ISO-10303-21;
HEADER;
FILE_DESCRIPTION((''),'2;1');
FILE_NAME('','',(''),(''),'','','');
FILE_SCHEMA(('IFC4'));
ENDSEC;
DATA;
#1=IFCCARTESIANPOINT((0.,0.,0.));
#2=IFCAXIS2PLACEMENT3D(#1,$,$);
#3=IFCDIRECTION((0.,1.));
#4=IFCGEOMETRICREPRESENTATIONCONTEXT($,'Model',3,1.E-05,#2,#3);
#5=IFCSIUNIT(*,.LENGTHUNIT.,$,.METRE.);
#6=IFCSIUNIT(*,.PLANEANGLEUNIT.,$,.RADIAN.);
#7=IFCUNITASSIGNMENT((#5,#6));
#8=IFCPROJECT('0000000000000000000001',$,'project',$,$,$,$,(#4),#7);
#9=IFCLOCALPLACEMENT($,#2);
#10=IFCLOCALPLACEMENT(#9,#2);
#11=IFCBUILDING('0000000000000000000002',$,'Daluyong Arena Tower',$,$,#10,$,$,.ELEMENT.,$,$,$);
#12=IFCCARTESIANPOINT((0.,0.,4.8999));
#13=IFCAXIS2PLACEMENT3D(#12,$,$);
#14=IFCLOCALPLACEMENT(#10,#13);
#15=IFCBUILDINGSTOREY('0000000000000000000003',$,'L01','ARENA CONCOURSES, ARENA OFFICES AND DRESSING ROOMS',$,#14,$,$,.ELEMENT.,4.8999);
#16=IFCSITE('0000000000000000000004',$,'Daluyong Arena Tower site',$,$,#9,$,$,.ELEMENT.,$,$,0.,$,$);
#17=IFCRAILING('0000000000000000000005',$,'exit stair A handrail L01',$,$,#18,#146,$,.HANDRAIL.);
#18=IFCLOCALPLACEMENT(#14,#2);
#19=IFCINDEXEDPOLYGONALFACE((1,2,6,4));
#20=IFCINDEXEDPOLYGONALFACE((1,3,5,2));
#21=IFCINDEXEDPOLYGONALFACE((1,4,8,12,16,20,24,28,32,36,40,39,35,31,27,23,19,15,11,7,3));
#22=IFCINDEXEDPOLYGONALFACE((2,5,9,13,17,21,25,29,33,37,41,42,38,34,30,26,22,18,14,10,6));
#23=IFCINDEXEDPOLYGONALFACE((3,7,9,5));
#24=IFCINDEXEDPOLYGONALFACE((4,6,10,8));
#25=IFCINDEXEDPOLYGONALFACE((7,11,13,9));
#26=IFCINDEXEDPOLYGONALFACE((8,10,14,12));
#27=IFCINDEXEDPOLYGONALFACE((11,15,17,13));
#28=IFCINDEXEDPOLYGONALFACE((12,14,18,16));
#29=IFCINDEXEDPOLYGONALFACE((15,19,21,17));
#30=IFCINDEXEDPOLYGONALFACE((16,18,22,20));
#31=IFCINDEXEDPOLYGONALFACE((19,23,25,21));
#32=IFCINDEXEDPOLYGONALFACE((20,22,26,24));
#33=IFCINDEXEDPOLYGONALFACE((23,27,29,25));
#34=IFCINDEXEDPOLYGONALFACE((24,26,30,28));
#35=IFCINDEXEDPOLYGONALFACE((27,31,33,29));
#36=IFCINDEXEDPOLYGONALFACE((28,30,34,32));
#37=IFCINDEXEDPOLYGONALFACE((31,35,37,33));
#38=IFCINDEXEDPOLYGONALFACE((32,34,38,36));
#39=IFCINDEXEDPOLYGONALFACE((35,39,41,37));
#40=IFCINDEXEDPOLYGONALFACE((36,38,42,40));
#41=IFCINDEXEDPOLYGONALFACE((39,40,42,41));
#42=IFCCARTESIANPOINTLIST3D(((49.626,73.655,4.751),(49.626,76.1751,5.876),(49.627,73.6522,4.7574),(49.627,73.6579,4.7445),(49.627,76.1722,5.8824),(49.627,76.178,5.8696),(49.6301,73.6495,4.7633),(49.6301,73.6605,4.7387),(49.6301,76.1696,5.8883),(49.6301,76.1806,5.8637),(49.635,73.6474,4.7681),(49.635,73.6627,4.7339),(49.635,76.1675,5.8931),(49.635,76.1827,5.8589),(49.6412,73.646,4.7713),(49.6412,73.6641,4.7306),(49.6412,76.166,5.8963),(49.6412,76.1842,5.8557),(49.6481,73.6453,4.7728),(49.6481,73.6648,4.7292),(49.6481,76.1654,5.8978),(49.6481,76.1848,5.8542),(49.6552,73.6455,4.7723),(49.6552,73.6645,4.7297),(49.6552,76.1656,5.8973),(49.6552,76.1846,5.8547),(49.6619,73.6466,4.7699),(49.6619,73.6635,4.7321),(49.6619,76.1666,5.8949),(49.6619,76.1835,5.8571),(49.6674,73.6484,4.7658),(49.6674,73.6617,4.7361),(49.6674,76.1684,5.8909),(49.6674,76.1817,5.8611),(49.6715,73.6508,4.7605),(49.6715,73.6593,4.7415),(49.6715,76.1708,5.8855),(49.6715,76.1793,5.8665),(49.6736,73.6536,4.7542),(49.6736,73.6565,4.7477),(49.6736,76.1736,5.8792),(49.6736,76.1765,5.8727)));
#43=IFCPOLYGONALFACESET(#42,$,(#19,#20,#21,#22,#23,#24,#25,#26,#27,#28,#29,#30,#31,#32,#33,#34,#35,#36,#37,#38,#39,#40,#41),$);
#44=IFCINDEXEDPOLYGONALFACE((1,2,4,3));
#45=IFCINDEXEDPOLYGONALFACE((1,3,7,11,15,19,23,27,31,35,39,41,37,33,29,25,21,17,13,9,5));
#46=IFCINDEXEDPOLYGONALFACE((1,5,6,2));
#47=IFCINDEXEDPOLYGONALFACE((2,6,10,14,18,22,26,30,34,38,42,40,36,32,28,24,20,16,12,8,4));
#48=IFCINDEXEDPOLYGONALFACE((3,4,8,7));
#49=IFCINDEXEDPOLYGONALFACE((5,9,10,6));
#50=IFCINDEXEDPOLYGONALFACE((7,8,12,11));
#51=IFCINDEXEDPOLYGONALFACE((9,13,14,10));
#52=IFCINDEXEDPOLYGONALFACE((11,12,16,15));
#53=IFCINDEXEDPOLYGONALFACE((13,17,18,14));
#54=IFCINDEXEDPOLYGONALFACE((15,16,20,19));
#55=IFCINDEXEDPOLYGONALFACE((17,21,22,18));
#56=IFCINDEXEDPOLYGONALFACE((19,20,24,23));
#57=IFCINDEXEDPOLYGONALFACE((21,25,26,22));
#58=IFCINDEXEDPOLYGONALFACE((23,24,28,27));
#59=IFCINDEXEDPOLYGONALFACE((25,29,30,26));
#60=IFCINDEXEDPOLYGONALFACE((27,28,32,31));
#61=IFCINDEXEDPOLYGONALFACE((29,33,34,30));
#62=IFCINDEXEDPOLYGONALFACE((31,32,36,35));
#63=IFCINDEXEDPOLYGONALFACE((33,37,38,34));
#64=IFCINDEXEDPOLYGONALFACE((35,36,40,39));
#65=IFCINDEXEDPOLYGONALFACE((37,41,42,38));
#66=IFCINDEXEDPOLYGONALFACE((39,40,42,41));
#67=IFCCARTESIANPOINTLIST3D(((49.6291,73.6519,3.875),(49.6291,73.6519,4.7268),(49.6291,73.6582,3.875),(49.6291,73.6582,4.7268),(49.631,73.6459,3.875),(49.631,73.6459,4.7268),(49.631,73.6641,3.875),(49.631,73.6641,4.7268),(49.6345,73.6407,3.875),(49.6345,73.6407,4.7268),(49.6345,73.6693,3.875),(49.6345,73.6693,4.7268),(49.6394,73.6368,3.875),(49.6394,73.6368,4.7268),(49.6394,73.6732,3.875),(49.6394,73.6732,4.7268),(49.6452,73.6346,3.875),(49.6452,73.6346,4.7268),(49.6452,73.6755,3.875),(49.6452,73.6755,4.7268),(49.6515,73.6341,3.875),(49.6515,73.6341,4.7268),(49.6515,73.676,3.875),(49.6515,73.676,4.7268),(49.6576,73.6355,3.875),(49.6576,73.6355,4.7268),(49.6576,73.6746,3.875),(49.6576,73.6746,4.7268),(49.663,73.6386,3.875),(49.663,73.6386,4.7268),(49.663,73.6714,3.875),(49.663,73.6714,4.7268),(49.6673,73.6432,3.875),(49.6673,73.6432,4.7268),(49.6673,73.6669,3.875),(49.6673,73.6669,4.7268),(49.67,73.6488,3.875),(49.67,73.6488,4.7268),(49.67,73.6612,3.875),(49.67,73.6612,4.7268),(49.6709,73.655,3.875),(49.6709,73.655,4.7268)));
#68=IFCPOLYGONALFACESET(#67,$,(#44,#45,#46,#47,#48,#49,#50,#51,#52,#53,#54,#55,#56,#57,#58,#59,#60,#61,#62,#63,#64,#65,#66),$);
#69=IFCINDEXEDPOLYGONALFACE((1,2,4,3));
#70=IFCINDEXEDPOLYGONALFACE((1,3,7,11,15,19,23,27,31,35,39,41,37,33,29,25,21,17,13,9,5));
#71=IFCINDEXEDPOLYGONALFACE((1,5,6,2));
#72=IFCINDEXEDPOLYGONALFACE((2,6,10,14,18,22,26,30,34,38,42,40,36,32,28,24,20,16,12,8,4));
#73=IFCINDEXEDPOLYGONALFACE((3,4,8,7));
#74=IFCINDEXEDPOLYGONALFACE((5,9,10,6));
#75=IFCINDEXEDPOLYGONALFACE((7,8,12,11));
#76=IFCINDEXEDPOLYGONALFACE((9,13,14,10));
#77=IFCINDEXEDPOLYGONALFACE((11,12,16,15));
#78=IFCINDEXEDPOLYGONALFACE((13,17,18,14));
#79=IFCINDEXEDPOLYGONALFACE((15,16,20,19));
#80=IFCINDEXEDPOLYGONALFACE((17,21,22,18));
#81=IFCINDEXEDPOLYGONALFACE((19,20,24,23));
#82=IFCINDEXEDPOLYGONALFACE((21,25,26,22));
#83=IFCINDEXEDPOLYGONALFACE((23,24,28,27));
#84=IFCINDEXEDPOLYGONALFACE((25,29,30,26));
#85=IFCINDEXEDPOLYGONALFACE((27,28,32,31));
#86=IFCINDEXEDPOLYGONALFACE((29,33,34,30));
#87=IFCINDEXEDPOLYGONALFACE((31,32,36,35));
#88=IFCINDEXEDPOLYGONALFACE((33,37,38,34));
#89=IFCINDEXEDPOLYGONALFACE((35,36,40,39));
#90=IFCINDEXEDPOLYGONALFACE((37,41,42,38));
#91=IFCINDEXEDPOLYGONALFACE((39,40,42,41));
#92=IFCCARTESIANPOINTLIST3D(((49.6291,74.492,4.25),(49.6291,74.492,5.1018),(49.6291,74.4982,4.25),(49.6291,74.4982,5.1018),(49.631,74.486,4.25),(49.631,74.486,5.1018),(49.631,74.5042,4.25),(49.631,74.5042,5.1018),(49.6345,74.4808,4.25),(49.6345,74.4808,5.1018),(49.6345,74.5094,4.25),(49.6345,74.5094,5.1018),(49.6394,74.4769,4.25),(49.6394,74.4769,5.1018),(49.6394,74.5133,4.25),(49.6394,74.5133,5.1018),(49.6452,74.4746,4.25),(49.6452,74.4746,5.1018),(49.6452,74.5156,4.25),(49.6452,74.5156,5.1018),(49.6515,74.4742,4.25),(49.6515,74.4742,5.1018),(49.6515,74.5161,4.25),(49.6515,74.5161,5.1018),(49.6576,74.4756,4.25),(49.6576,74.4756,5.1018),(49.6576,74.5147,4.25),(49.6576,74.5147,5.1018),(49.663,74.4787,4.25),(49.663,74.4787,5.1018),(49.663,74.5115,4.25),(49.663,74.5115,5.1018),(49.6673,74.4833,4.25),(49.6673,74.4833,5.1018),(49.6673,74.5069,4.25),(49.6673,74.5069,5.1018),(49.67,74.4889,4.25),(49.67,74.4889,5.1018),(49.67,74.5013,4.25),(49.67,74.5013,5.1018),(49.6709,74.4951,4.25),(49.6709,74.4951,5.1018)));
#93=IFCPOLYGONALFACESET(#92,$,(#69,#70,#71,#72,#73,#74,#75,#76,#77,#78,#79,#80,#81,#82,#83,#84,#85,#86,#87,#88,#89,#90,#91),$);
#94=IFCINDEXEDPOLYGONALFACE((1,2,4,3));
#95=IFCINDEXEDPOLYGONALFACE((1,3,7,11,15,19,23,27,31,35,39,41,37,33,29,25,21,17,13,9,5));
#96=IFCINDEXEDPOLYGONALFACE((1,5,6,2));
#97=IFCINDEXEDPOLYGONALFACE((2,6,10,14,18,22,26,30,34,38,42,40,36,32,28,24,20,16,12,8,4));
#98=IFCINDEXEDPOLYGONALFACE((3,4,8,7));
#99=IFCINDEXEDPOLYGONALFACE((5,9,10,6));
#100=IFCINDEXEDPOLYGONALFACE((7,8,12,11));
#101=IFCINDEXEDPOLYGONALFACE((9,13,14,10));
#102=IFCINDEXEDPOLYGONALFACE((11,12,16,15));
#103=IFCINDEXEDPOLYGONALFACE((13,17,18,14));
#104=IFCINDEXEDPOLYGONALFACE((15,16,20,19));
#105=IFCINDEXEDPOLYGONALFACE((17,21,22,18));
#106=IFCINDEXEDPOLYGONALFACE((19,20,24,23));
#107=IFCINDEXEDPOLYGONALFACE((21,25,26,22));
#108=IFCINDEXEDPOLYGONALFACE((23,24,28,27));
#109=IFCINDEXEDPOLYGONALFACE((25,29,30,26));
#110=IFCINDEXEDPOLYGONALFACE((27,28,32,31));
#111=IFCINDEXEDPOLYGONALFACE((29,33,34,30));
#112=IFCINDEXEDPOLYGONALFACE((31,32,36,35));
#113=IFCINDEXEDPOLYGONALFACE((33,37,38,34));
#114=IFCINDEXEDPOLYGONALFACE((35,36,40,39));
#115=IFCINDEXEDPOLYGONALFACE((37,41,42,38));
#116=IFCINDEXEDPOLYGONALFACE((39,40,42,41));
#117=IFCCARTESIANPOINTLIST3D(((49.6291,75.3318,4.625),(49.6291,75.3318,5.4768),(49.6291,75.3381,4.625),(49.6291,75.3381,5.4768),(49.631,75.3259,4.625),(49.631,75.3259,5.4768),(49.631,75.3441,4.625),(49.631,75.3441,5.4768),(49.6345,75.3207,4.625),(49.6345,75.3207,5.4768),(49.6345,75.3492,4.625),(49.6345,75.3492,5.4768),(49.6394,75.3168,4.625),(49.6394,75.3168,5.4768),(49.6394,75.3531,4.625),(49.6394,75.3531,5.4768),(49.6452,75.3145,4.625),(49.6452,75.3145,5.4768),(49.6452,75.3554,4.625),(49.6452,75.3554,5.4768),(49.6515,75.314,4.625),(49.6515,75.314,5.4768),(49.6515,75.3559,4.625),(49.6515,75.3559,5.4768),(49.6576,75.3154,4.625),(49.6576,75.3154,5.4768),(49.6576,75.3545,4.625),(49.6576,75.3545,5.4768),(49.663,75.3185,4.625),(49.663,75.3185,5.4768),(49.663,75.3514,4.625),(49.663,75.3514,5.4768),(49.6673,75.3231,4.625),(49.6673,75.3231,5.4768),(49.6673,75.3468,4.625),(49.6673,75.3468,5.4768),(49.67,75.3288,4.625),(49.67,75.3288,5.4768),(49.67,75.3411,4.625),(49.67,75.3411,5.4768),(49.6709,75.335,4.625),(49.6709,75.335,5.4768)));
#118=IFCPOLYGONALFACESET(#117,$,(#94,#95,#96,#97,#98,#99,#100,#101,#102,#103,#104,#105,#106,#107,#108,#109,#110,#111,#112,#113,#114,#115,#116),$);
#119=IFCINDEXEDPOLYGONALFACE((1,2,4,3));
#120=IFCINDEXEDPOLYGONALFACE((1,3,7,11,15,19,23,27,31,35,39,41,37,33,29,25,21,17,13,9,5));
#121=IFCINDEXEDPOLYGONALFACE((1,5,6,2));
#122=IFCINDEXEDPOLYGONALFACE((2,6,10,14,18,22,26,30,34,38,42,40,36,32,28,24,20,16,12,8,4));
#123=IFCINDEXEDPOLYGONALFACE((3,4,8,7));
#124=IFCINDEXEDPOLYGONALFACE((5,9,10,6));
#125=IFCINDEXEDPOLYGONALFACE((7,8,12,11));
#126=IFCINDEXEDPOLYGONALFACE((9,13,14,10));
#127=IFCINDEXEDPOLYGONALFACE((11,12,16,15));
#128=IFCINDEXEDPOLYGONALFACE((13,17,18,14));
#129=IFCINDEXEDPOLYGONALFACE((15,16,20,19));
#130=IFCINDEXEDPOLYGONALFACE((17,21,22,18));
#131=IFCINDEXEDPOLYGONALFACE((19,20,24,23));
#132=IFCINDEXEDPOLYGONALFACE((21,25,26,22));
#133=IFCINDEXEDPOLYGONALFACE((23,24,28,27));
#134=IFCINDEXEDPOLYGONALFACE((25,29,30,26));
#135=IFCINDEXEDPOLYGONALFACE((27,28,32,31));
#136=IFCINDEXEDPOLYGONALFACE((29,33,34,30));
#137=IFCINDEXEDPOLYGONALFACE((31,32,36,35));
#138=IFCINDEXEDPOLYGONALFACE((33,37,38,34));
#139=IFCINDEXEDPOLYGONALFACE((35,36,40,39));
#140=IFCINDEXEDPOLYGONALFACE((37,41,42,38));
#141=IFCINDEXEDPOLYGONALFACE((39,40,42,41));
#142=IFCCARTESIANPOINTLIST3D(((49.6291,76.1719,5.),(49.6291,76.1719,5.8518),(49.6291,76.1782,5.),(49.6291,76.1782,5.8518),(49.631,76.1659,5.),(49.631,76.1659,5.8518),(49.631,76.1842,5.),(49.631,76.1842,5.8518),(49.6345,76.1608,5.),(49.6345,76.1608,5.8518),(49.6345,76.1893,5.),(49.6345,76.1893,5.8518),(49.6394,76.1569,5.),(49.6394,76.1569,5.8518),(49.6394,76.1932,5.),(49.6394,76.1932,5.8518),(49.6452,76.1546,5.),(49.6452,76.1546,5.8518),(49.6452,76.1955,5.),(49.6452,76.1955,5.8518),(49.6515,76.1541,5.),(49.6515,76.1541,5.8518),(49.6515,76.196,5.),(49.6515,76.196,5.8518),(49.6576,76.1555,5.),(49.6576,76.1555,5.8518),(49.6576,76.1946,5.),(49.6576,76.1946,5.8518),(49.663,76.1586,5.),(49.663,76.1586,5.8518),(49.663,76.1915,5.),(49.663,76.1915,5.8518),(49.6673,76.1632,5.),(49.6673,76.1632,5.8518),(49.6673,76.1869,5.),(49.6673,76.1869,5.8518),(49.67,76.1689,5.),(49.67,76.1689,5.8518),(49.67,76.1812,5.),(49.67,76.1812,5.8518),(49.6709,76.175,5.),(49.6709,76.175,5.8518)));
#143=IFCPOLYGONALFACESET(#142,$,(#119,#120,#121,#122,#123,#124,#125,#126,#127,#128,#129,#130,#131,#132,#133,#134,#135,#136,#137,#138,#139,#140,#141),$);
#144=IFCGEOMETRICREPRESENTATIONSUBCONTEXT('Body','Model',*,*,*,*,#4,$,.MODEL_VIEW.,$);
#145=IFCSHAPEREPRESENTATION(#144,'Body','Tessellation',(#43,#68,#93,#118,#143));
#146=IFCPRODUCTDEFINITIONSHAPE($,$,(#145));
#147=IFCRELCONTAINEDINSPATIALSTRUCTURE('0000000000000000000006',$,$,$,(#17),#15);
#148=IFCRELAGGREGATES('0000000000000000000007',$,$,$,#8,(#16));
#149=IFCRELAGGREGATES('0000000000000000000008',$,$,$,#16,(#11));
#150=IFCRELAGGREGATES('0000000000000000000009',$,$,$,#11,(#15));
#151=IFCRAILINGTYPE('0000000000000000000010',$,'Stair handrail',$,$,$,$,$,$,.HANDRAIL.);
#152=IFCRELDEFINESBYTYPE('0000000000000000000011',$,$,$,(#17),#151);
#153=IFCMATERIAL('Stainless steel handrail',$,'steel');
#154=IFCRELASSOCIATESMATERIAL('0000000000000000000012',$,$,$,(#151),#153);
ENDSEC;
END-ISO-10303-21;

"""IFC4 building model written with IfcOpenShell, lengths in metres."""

from ifc_helpers import new_model, si_unit, direction, frame, origin, origin_2d, place, context, subcontext, project, spatial, circle, extrude, material, type_object, element, save


model = new_model("IFC4")

# Units and contexts
model_context = context("Model", 3, precision=1e-05, world=origin(), true_north=direction((0.0, 1.0)))
body_context = subcontext(model_context, "Body", "Model", "MODEL_VIEW")
ifc_project = project(units=[si_unit("LENGTHUNIT", "METRE"), si_unit("PLANEANGLEUNIT", "RADIAN")], contexts=[model_context])

# Site, building, storey
site_placement = place(None, origin())
site = spatial("IfcSite", under=ifc_project, at=site_placement, Name="Daluyong Arena Tower site", CompositionType="ELEMENT", RefElevation=0.0)
building_placement = place(site_placement, origin())
building = spatial("IfcBuilding", under=site, at=building_placement, Name="Daluyong Arena Tower", CompositionType="ELEMENT")
storey_placement = place(building_placement, frame((0.0, 0.0, 4.8999)))
storey = spatial("IfcBuildingStorey", under=building, at=storey_placement, Name="L01", Description="ARENA CONCOURSES, ARENA OFFICES AND DRESSING ROOMS", CompositionType="ELEMENT", Elevation=4.8999)

# Railing
ifc_material_1 = material(Name="Stainless steel handrail", Category="steel")
railing_type = type_object("IfcRailingType", Name="Stair handrail", PredefinedType="HANDRAIL", material=ifc_material_1)
for number, where, name in (
    (1, (49.6499, 73.655, 3.875), "exit stair A handrail L01"),
):
    element("IfcRailing", number, at=place(storey_placement, frame(where)), inside=storey, type_object=railing_type, Name=name, PredefinedType="HANDRAIL", context=body_context, shape_type="SweptSolid", body=[
        extrude(circle(Radius=0.0239, at=origin_2d()), frame((0.0, 0.0, 0.876), z_axis=(0.0, 0.913139, 0.407648), x_axis=(-1.0, 0.0, 0.0)), (0.0, 0.0, 1.0), 2.7598),
        extrude(circle(Radius=0.021, at=origin_2d()), origin(), (0.0, 0.0, 1.0), 0.8518),
        extrude(circle(Radius=0.021, at=origin_2d()), frame((0.0, 0.8401, 0.375)), (0.0, 0.0, 1.0), 0.8518),
        extrude(circle(Radius=0.021, at=origin_2d()), frame((0.0, 1.6799, 0.75)), (0.0, 0.0, 1.0), 0.8518),
        extrude(circle(Radius=0.021, at=origin_2d()), frame((0.0, 2.52, 1.125)), (0.0, 0.0, 1.0), 0.8518),
    ])

save(model, "model.ifc")
